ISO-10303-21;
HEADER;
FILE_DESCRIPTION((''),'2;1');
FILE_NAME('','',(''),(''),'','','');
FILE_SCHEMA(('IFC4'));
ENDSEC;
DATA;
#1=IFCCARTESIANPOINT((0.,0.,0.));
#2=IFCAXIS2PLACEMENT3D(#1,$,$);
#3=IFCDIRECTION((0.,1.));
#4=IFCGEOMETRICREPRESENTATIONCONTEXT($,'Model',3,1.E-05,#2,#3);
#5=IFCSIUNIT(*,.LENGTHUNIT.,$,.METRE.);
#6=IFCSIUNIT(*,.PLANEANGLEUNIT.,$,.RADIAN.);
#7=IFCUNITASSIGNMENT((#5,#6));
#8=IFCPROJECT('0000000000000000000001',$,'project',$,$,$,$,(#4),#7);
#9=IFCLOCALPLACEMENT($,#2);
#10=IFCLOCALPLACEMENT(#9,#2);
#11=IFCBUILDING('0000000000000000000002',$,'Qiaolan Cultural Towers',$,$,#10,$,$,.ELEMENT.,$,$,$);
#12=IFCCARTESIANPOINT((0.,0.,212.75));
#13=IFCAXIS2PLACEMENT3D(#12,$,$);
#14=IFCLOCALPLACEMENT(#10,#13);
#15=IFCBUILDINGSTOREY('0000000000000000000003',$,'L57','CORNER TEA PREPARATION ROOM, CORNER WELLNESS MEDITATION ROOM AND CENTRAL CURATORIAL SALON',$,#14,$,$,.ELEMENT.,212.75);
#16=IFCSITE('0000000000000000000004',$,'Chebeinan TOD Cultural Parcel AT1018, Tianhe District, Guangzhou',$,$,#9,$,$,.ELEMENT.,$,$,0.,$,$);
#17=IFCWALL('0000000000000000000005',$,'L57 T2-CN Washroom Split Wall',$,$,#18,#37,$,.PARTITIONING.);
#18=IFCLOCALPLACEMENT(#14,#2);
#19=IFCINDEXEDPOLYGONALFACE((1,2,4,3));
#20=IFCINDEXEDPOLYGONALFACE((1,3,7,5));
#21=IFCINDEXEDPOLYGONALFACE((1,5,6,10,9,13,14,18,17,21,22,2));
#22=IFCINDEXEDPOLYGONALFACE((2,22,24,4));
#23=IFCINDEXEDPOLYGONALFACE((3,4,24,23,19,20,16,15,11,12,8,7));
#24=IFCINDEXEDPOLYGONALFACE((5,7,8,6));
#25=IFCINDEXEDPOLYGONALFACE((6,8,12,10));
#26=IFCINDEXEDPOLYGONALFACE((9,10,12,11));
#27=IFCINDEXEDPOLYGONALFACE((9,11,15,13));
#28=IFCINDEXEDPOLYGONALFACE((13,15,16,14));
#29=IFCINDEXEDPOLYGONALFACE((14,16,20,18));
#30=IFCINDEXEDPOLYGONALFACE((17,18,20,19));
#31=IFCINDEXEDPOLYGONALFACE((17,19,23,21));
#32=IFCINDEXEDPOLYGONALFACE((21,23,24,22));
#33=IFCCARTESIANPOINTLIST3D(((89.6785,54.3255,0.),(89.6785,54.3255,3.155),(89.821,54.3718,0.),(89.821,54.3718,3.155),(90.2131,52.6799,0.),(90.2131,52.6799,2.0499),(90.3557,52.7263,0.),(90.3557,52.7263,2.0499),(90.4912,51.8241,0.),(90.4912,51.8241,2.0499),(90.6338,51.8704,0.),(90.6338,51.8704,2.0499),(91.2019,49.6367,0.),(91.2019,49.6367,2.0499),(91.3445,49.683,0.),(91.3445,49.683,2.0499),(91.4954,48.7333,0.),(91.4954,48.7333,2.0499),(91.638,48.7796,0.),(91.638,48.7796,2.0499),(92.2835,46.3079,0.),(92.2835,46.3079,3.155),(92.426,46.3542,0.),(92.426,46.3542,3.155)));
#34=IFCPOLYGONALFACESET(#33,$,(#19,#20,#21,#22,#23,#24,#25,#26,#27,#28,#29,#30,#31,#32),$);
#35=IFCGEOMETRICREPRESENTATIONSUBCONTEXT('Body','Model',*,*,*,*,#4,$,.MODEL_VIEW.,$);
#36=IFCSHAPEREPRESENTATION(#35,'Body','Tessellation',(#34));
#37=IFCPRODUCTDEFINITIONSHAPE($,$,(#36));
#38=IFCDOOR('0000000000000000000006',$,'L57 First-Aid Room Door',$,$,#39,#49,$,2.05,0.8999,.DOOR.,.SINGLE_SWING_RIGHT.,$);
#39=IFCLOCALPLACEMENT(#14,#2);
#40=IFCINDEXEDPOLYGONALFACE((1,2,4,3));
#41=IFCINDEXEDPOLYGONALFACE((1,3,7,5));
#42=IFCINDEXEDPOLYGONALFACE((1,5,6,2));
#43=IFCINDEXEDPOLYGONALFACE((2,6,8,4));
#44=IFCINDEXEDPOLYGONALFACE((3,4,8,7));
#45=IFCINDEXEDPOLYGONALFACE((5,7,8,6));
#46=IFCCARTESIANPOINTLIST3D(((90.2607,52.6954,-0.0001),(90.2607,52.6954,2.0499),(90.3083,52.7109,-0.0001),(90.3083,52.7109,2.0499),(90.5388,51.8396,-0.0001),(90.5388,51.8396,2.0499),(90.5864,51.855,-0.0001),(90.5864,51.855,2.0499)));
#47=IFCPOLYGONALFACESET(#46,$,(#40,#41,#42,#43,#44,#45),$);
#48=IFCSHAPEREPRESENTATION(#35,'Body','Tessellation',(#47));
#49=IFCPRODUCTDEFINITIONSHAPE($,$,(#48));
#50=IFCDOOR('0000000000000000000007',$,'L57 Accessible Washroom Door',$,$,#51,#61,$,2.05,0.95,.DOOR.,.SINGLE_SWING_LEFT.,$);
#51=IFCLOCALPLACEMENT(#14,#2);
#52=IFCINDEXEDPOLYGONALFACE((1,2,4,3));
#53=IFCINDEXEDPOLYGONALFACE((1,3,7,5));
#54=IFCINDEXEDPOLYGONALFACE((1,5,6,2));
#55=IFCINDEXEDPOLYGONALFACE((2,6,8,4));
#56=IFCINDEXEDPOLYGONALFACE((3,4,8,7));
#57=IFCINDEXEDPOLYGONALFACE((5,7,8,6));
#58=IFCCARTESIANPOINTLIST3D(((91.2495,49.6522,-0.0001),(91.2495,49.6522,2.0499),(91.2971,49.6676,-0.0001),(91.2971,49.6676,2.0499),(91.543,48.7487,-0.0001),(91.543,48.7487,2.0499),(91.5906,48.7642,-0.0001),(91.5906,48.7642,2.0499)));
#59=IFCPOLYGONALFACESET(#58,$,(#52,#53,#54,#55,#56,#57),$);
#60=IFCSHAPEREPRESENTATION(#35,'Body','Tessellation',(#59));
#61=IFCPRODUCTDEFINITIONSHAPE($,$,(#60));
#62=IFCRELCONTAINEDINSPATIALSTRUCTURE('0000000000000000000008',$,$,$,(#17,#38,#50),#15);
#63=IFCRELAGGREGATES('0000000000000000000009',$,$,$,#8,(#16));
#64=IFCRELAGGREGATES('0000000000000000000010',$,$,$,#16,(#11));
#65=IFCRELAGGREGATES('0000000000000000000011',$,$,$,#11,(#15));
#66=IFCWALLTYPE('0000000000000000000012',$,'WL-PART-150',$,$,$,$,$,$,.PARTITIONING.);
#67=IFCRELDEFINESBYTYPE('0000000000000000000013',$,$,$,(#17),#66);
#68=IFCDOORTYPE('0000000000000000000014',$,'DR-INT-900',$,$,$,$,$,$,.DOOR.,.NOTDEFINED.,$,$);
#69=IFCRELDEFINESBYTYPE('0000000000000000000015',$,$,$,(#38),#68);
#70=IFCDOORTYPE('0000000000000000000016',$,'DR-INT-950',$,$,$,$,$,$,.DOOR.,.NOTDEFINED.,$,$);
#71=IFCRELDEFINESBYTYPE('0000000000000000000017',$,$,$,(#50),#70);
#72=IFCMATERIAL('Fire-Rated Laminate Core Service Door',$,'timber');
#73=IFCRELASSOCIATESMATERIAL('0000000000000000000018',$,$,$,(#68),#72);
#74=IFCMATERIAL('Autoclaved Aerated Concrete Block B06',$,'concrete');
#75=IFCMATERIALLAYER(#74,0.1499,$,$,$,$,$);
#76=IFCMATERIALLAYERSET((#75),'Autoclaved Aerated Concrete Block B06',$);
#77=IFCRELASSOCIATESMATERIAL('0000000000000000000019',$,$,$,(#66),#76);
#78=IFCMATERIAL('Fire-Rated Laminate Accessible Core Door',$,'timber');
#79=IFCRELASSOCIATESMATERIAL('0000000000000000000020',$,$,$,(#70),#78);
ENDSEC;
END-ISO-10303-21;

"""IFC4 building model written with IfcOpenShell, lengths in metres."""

from ifc_helpers import new_model, si_unit, direction, frame, frame_2d, origin, place, context, subcontext, project, spatial, rectangle, extrude, material, layer, layer_set, type_object, element, fill, save


model = new_model("IFC4")

# Units and contexts
model_context = context("Model", 3, precision=1e-05, world=origin(), true_north=direction((0.0, 1.0)))
body_context = subcontext(model_context, "Body", "Model", "MODEL_VIEW")
ifc_project = project(units=[si_unit("LENGTHUNIT", "METRE"), si_unit("PLANEANGLEUNIT", "RADIAN")], contexts=[model_context])

# Site, building, storey
site_placement = place(None, origin())
site = spatial("IfcSite", under=ifc_project, at=site_placement, Name="Chebeinan TOD Cultural Parcel AT1018, Tianhe District, Guangzhou", CompositionType="ELEMENT", RefElevation=0.0)
building_placement = place(site_placement, origin())
building = spatial("IfcBuilding", under=site, at=building_placement, Name="Qiaolan Cultural Towers", CompositionType="ELEMENT")
storey_placement = place(building_placement, frame((0.0, 0.0, 212.75)))
storey = spatial("IfcBuildingStorey", under=building, at=storey_placement, Name="L57", Description="CORNER TEA PREPARATION ROOM, CORNER WELLNESS MEDITATION ROOM AND CENTRAL CURATORIAL SALON", CompositionType="ELEMENT", Elevation=212.75)

# Shared definitions
ifc_material_1 = material(Name="Fire-Rated Laminate Core Service Door", Category="timber")
door_type_1 = type_object("IfcDoorType", Name="DR-INT-900", OperationType="NOTDEFINED", PredefinedType="DOOR", material=ifc_material_1)

# Shared definitions
ifc_material_2 = material(Name="Autoclaved Aerated Concrete Block B06", Category="concrete")
ifc_layer_1 = layer(ifc_material_2, 0.1499)
ifc_layer_set_1 = layer_set([ifc_layer_1], Name="Autoclaved Aerated Concrete Block B06")
wall_type_1 = type_object("IfcWallType", Name="WL-PART-150", PredefinedType="PARTITIONING", material=ifc_layer_set_1)
ifc_material_3 = material(Name="Fire-Rated Laminate Accessible Core Door", Category="timber")
door_type_2 = type_object("IfcDoorType", Name="DR-INT-950", OperationType="NOTDEFINED", PredefinedType="DOOR", material=ifc_material_3)

# Wall, openings, doors
wall_1_placement = place(storey_placement, frame((92.3547, 46.3311, 0.0), z_axis=(0.0, 0.0, 1.0), x_axis=(-0.309007, 0.95106, 0.0)))
wall_1 = element("IfcWall", 1, at=wall_1_placement, inside=storey, type_object=wall_type_1, Name="L57 T2-CN Washroom Split Wall", PredefinedType="PARTITIONING", context=body_context, shape_type="SweptSolid", body=[
    extrude(rectangle(XDim=8.4302, YDim=0.1499, at=frame_2d((4.2151, 0.0))), origin(), (0.0, 0.0, 1.0), 3.155),
])
opening_1_placement = place(wall_1_placement, frame((2.55, 0.0, 0.0)))
opening_1 = element("IfcOpeningElement", 2, at=opening_1_placement, cuts=wall_1, PredefinedType="OPENING", context=body_context, shape_type="SweptSolid", body=[
    extrude(rectangle(XDim=0.95, YDim=2.05, at=frame_2d((0.4751, 1.0249))), frame((0.0, 0.085, 0.0), z_axis=(0.0, -1.0, 0.0), x_axis=(1.0, 0.0, 0.0)), (0.0, 0.0, 1.0), 0.1699),
])
opening_2_placement = place(wall_1_placement, frame((5.8, 0.0, 0.0)))
opening_2 = element("IfcOpeningElement", 3, at=opening_2_placement, cuts=wall_1, PredefinedType="OPENING", context=body_context, shape_type="SweptSolid", body=[
    extrude(rectangle(XDim=0.8999, YDim=2.05, at=frame_2d((0.45, 1.0249))), frame((0.0, 0.085, 0.0), z_axis=(0.0, -1.0, 0.0), x_axis=(1.0, 0.0, 0.0)), (0.0, 0.0, 1.0), 0.1699),
])
door_1_placement = place(opening_2_placement, origin())
door_1 = element("IfcDoor", 4, at=door_1_placement, inside=storey, type_object=door_type_1, Name="L57 First-Aid Room Door", OperationType="SINGLE_SWING_RIGHT", OverallHeight=2.05, OverallWidth=0.8999, PredefinedType="DOOR", context=body_context, shape_type="SweptSolid", body=[
    extrude(rectangle(XDim=0.8999, YDim=2.05, at=frame_2d((0.45, 1.0249))), frame((0.0, 0.0249, 0.0), z_axis=(0.0, -1.0, 0.0), x_axis=(1.0, 0.0, 0.0)), (0.0, 0.0, 1.0), 0.05),
])
fill(opening_2, door_1)
door_2_placement = place(opening_1_placement, origin())
door_2 = element("IfcDoor", 5, at=door_2_placement, inside=storey, type_object=door_type_2, Name="L57 Accessible Washroom Door", OperationType="SINGLE_SWING_LEFT", OverallHeight=2.05, OverallWidth=0.95, PredefinedType="DOOR", context=body_context, shape_type="SweptSolid", body=[
    extrude(rectangle(XDim=0.95, YDim=2.05, at=frame_2d((0.4751, 1.0249))), frame((0.0, 0.0249, 0.0), z_axis=(0.0, -1.0, 0.0), x_axis=(1.0, 0.0, 0.0)), (0.0, 0.0, 1.0), 0.05),
])
fill(opening_1, door_2)

save(model, "model.ifc")
